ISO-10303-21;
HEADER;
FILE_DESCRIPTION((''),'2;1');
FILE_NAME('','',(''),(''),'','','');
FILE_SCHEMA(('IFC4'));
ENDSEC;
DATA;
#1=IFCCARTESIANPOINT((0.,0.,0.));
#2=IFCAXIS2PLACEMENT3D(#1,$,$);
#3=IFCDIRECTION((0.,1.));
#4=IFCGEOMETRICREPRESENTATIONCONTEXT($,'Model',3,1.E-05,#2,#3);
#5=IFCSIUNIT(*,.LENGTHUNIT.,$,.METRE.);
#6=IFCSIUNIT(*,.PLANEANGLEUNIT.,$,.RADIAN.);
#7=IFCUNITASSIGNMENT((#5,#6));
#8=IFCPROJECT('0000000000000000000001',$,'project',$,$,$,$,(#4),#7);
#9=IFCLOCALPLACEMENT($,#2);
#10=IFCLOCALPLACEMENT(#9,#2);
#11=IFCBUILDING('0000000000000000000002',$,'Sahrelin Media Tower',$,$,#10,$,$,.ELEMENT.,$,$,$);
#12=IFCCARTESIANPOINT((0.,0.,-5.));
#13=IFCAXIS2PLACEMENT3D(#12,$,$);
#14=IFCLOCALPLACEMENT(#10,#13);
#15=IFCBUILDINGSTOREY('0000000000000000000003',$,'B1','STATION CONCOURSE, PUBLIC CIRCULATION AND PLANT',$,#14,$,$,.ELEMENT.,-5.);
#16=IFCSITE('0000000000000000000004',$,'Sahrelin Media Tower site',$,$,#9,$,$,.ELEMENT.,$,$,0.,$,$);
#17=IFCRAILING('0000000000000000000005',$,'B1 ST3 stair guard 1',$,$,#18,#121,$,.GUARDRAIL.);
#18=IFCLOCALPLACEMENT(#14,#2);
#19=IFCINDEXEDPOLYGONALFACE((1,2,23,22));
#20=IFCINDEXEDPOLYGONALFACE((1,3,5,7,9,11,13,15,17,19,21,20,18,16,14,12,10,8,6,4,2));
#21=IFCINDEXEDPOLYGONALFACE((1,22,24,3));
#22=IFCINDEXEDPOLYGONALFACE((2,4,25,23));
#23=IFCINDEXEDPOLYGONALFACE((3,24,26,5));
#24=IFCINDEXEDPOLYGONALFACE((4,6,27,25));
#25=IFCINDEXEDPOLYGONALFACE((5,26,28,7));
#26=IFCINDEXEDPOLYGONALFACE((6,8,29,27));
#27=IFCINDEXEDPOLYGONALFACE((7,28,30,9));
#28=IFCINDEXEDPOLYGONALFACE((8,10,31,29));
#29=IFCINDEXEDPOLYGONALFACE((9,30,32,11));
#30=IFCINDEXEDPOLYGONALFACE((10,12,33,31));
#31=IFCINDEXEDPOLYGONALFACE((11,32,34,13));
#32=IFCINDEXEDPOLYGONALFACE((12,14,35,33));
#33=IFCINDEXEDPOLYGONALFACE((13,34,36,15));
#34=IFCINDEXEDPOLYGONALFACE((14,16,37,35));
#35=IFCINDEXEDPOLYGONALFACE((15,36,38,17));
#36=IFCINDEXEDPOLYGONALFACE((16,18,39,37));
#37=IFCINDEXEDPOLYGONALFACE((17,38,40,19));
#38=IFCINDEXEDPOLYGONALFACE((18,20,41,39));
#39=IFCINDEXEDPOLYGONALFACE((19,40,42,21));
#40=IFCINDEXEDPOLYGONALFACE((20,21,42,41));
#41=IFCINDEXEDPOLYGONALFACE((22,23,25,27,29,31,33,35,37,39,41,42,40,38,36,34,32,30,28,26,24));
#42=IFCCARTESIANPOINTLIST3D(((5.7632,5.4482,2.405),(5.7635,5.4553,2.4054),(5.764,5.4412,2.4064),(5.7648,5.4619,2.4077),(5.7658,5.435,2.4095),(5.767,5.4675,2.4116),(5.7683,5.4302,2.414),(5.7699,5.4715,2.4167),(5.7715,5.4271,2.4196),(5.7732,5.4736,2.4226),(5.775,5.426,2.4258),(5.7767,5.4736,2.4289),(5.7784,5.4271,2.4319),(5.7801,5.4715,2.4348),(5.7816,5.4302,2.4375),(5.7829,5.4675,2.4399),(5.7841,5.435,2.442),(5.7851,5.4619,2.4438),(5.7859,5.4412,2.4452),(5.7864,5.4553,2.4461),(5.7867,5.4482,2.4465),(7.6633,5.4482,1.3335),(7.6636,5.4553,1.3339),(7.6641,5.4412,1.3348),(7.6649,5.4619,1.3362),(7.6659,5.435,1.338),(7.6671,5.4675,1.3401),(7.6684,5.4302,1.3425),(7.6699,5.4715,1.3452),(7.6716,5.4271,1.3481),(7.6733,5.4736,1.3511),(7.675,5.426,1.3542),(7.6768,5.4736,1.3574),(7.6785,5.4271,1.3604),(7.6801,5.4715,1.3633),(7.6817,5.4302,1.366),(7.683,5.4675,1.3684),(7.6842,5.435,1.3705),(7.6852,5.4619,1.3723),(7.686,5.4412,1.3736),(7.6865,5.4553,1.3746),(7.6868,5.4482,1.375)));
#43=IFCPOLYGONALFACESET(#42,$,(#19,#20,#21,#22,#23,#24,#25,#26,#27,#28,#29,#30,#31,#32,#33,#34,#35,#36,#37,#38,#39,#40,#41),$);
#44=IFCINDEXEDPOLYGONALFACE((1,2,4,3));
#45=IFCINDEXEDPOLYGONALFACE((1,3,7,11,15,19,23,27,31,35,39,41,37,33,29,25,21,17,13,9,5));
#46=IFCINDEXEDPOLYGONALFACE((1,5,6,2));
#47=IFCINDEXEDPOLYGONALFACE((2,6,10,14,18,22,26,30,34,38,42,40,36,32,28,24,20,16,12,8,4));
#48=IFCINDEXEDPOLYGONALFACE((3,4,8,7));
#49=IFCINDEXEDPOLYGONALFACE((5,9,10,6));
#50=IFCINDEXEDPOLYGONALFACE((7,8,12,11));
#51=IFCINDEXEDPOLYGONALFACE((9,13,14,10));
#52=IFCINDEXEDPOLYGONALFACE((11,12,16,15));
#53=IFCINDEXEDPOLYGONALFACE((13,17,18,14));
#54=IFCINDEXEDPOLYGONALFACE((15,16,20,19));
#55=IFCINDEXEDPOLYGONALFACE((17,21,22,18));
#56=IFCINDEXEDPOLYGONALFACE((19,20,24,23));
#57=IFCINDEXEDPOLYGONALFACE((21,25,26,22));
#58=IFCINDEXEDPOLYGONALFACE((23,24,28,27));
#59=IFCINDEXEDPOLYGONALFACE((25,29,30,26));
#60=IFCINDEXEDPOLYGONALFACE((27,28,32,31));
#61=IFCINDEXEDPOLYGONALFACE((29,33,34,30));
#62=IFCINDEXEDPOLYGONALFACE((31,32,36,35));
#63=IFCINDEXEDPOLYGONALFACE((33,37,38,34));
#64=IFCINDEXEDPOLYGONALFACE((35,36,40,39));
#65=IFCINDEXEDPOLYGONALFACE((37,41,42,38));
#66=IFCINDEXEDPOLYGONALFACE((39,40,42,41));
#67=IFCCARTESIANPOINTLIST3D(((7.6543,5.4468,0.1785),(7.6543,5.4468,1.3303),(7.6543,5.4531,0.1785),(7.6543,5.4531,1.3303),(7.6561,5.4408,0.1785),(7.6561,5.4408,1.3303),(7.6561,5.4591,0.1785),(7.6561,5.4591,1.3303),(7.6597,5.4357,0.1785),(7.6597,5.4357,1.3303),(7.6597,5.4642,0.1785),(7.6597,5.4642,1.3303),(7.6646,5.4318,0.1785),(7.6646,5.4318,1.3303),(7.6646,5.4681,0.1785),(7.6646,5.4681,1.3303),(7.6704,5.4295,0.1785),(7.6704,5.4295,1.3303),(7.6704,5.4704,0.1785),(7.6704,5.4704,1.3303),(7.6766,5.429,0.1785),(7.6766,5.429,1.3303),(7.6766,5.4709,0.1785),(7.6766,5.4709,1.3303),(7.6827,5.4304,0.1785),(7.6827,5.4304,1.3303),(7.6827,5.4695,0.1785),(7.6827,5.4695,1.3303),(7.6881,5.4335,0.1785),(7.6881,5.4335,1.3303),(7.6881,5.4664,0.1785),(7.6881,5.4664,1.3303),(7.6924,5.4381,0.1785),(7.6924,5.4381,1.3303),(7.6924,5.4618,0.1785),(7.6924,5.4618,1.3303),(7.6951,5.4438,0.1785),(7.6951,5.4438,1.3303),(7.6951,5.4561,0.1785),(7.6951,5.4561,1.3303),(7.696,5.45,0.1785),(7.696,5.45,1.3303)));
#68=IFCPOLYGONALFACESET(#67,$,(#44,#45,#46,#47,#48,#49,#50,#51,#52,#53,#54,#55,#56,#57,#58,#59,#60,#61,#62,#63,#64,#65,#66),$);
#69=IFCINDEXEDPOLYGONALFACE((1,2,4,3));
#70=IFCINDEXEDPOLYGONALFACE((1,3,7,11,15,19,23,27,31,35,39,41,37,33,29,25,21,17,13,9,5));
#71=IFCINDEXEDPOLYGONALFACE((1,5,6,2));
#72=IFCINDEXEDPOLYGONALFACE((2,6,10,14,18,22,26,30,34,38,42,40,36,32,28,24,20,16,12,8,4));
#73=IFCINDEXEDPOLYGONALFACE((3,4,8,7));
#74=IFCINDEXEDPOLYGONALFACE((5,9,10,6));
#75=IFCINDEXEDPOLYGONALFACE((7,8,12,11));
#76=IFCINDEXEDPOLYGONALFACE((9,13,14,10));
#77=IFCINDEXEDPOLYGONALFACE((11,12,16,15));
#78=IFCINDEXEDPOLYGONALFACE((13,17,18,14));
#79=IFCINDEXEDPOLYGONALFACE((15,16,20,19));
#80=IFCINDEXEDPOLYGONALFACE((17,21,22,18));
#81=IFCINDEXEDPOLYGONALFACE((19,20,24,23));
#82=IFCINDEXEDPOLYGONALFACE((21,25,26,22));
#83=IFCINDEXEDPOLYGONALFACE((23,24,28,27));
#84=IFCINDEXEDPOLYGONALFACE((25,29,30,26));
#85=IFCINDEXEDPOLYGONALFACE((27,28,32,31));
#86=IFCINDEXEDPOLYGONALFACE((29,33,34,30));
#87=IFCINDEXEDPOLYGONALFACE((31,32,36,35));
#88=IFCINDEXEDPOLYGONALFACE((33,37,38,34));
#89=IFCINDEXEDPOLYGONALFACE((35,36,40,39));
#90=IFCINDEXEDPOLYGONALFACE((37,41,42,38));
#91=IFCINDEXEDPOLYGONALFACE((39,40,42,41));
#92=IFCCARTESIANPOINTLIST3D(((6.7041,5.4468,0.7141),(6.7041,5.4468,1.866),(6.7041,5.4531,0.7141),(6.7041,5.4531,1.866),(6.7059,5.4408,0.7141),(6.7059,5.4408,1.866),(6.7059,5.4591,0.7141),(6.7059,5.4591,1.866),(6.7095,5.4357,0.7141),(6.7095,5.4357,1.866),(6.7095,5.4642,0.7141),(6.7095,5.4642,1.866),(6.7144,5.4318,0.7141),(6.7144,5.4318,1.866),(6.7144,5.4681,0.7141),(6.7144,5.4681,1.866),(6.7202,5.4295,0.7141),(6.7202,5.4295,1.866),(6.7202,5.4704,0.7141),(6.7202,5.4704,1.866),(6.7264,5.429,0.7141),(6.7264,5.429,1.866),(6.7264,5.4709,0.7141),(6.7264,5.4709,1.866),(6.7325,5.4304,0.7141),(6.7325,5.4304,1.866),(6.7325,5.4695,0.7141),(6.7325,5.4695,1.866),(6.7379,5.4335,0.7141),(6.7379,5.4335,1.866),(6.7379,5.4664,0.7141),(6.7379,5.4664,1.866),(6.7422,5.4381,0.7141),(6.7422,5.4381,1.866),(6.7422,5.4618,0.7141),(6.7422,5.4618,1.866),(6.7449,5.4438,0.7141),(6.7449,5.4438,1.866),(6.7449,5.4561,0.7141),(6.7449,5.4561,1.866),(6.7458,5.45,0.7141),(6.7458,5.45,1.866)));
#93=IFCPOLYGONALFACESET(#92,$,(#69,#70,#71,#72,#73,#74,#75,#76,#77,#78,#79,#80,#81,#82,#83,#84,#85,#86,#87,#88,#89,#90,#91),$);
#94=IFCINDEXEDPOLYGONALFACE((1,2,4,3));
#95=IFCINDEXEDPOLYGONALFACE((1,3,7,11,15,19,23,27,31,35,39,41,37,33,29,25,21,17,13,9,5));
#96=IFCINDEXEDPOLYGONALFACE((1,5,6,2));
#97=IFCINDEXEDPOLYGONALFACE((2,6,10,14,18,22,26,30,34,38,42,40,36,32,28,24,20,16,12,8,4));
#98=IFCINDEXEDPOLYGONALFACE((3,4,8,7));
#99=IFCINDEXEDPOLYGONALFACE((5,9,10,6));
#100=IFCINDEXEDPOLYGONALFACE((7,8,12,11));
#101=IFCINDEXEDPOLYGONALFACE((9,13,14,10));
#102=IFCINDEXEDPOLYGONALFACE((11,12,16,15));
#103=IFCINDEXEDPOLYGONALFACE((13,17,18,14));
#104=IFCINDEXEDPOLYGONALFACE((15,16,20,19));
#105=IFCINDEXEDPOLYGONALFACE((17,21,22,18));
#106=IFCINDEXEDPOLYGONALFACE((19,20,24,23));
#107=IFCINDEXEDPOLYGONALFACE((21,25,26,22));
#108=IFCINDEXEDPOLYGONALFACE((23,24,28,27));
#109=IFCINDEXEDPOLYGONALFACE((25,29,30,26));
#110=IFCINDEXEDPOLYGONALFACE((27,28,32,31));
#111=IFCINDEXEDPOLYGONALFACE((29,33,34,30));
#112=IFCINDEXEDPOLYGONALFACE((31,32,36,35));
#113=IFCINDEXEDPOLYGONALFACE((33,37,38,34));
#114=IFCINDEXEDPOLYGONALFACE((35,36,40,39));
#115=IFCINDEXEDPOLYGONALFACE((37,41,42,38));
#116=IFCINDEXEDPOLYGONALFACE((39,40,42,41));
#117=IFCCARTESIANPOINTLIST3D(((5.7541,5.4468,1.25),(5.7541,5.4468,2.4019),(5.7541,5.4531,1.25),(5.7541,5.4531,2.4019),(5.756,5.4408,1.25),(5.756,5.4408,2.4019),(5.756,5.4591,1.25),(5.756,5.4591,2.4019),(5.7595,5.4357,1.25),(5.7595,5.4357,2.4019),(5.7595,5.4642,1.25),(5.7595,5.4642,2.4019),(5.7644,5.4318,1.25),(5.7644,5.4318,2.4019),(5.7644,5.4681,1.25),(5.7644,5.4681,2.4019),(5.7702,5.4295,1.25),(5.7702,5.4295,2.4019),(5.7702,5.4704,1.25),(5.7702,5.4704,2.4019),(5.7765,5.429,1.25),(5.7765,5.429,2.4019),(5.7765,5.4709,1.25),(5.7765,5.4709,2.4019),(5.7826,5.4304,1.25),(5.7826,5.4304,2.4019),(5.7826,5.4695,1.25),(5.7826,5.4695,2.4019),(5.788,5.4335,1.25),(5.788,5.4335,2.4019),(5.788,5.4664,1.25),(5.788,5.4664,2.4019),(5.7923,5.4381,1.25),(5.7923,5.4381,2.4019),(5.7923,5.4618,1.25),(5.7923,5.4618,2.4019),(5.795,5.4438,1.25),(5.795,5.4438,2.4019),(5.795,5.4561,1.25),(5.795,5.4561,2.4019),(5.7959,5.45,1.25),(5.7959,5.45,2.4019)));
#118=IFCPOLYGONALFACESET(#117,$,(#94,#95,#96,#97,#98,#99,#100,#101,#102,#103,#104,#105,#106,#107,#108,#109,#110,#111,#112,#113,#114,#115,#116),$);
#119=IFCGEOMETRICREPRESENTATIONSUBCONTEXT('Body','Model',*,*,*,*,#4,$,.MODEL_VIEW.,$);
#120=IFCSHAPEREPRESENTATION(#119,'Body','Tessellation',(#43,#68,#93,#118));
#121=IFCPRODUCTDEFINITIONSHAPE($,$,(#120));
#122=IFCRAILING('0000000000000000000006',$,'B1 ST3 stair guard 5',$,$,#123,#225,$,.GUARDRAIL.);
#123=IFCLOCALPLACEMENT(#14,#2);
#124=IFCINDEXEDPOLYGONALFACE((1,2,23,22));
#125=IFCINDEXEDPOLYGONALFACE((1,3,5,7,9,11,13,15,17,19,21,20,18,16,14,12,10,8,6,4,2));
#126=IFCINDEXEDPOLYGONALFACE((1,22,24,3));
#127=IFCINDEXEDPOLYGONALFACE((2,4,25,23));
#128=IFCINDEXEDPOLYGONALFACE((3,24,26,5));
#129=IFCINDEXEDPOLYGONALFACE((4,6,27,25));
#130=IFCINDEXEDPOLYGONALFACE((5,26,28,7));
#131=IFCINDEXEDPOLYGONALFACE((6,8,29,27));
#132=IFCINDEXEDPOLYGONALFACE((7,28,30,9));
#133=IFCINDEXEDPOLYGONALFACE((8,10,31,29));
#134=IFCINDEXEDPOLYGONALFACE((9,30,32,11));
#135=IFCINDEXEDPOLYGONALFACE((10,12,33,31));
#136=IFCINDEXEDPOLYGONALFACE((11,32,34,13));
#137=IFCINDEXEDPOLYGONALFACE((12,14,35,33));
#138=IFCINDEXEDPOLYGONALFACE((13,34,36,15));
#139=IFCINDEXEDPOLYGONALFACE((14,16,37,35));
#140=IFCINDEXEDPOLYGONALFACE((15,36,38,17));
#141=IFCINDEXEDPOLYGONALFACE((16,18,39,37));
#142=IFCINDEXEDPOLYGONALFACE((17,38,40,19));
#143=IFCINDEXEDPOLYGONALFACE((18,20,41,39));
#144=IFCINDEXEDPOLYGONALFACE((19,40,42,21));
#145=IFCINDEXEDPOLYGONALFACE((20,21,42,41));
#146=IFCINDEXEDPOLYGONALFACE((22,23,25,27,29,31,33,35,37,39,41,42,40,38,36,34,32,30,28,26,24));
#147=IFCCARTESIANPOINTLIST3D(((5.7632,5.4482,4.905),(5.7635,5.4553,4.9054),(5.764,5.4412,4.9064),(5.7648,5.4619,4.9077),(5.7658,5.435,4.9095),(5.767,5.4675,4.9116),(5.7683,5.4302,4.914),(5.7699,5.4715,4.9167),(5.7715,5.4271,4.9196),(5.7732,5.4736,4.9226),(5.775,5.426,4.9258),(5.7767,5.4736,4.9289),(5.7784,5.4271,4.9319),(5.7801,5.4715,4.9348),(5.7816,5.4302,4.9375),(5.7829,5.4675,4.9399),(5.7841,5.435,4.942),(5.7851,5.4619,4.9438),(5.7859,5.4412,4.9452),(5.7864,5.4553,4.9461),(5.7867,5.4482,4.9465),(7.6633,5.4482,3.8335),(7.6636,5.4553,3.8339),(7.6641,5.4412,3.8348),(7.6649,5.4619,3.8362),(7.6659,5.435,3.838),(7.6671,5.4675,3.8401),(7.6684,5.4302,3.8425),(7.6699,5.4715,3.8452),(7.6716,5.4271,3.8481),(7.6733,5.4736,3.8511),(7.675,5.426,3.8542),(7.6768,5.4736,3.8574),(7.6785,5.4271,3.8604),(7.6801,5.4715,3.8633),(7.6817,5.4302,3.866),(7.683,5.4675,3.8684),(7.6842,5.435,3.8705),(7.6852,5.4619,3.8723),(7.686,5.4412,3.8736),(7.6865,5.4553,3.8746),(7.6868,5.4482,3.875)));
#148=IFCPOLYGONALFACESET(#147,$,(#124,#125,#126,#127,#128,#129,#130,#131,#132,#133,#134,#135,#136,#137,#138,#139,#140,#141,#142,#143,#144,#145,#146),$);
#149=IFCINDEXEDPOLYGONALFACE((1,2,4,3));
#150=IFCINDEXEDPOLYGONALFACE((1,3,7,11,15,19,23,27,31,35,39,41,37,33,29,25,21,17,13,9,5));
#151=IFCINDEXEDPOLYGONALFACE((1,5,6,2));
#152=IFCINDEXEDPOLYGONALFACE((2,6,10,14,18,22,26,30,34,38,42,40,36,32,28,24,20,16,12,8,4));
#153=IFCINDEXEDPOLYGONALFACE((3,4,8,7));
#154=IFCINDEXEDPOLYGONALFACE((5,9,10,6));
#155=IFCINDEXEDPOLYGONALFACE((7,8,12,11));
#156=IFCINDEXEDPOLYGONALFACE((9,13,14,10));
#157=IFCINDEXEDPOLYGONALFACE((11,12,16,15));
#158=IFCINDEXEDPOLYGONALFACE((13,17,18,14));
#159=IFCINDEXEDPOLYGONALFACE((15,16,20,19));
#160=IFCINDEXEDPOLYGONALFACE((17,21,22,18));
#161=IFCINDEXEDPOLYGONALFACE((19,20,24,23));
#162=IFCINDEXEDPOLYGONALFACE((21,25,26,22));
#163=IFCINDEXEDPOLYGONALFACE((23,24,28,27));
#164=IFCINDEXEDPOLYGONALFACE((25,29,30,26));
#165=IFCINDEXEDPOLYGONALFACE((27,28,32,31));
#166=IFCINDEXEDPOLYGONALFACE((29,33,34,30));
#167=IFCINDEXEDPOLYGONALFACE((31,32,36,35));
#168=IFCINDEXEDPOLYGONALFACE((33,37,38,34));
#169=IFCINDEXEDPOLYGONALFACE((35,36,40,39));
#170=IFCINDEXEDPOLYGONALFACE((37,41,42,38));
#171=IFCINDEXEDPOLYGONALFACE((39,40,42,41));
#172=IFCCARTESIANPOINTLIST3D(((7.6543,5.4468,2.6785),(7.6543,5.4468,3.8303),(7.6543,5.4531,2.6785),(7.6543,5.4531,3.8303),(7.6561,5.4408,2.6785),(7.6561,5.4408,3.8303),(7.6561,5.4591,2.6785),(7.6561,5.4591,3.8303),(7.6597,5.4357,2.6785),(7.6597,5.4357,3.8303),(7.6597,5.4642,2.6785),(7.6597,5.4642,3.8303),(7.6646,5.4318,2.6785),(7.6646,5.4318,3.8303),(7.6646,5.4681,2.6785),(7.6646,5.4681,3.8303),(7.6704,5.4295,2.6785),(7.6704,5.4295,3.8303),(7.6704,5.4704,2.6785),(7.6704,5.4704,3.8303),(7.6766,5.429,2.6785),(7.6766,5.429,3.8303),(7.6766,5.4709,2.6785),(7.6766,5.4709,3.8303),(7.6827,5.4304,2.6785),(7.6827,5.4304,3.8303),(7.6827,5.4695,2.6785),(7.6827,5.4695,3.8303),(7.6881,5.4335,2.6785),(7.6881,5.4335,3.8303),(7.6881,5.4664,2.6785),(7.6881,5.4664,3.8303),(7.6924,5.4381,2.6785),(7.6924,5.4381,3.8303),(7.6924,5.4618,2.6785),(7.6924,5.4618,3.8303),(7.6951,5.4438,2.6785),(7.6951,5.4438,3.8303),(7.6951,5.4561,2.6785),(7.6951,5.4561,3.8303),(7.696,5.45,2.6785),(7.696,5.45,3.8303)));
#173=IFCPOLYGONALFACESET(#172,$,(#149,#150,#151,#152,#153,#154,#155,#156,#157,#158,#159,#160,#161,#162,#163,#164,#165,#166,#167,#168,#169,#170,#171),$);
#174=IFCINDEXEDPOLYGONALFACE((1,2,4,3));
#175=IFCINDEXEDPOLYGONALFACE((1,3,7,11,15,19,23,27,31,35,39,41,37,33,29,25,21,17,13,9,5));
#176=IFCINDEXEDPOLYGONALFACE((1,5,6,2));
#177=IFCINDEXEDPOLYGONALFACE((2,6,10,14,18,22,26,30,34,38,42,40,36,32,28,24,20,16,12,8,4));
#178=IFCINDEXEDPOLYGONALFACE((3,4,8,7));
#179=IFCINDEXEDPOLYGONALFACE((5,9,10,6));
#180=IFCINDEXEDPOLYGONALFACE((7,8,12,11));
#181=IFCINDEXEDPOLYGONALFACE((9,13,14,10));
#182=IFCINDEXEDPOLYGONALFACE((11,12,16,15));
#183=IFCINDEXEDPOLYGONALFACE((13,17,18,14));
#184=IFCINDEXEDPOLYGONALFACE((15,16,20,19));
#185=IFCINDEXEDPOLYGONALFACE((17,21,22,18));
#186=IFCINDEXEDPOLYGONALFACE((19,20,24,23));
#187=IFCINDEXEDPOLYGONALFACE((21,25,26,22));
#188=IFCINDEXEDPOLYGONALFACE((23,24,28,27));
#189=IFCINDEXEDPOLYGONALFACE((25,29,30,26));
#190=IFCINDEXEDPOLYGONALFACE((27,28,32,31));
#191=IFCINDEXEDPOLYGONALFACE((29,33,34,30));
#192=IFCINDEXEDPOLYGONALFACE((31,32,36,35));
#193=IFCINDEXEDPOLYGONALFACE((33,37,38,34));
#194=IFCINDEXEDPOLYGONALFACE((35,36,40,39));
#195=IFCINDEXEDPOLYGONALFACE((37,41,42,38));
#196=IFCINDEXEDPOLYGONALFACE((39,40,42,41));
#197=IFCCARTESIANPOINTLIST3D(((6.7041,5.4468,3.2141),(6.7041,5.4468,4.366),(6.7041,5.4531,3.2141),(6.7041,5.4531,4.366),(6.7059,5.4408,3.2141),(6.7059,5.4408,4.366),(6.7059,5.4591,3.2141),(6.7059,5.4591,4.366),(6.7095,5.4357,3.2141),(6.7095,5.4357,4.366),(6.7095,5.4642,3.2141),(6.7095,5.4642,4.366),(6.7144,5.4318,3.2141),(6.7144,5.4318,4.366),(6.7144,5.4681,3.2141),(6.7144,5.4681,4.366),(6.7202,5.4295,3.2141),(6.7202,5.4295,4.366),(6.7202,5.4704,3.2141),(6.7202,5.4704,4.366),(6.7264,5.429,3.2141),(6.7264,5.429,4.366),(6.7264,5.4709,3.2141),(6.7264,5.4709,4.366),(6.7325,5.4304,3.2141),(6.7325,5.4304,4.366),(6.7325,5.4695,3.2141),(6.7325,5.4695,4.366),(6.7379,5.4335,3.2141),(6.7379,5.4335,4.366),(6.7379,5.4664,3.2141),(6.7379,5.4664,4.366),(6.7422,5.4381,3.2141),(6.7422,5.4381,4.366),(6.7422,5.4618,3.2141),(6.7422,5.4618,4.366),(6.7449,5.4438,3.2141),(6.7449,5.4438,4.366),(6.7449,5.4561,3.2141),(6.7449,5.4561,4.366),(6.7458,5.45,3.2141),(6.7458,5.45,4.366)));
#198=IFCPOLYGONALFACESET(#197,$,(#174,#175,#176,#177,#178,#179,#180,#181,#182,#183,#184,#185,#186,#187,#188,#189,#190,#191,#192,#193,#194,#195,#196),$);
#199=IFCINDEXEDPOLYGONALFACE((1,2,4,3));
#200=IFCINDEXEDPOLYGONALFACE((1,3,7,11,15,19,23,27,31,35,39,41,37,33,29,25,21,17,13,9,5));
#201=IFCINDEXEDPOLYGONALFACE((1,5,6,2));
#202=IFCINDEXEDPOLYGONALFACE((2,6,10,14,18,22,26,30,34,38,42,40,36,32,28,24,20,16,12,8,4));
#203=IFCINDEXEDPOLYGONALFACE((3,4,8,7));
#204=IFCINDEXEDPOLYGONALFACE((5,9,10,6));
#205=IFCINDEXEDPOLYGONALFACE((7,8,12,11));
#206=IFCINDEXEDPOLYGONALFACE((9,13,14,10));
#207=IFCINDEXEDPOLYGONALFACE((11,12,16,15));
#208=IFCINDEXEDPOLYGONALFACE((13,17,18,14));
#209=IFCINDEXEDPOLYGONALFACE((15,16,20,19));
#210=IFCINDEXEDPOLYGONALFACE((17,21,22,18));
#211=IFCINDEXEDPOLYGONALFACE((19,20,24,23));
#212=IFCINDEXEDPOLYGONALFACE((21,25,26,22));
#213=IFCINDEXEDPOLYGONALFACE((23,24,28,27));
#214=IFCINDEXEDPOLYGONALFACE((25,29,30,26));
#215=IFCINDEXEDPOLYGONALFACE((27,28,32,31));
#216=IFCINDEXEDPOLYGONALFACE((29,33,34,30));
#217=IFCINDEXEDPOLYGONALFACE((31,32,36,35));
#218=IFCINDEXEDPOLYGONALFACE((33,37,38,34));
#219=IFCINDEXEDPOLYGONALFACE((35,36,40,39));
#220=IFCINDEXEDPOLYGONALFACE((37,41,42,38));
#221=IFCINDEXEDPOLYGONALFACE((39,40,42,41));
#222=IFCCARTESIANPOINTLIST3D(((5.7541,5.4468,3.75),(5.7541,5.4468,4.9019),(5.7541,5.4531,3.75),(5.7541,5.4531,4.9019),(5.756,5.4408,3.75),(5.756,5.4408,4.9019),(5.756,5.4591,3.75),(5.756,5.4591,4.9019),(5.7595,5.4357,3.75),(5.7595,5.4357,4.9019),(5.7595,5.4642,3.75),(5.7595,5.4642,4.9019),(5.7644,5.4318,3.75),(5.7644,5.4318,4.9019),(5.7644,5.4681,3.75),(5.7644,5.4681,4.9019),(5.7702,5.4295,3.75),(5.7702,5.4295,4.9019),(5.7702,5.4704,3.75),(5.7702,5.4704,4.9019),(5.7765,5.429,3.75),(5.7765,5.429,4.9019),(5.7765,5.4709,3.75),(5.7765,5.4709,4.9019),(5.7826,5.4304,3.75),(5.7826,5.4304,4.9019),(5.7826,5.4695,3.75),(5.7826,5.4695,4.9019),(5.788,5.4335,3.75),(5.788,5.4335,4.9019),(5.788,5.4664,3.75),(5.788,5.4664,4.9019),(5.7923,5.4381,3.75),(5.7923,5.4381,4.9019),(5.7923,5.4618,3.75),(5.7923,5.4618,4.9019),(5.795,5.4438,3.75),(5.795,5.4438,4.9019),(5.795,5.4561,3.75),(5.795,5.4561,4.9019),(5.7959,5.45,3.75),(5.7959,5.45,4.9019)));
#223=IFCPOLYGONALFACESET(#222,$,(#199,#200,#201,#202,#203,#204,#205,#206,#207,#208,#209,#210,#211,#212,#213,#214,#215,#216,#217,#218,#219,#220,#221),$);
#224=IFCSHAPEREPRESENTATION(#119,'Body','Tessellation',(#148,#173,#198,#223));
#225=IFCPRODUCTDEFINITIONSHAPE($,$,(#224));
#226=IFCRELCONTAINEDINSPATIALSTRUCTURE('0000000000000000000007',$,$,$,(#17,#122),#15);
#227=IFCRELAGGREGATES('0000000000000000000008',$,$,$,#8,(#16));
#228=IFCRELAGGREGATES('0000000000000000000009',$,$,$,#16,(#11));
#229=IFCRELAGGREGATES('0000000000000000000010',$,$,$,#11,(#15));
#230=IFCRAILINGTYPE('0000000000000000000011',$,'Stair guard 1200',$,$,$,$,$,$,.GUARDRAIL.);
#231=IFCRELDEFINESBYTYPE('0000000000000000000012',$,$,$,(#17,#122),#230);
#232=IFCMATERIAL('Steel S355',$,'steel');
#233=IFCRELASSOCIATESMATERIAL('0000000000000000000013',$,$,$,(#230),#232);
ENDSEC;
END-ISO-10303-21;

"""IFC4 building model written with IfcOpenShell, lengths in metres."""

from ifc_helpers import new_model, si_unit, direction, frame, origin, origin_2d, place, context, subcontext, project, spatial, circle, extrude, material, type_object, element, save


model = new_model("IFC4")

# Units and contexts
model_context = context("Model", 3, precision=1e-05, world=origin(), true_north=direction((0.0, 1.0)))
body_context = subcontext(model_context, "Body", "Model", "MODEL_VIEW")
ifc_project = project(units=[si_unit("LENGTHUNIT", "METRE"), si_unit("PLANEANGLEUNIT", "RADIAN")], contexts=[model_context])

# Site, building, storey
site_placement = place(None, origin())
site = spatial("IfcSite", under=ifc_project, at=site_placement, Name="Sahrelin Media Tower site", CompositionType="ELEMENT", RefElevation=0.0)
building_placement = place(site_placement, origin())
building = spatial("IfcBuilding", under=site, at=building_placement, Name="Sahrelin Media Tower", CompositionType="ELEMENT")
storey_placement = place(building_placement, frame((0.0, 0.0, -5.0)))
storey = spatial("IfcBuildingStorey", under=building, at=storey_placement, Name="B1", Description="STATION CONCOURSE, PUBLIC CIRCULATION AND PLANT", CompositionType="ELEMENT", Elevation=-5.0)

# Railings
ifc_material_1 = material(Name="Steel S355", Category="steel")
railing_type_1 = type_object("IfcRailingType", Name="Stair guard 1200", PredefinedType="GUARDRAIL", material=ifc_material_1)
for number, where, name in (
    (1, (7.675, 5.45, 0.1785), "B1 ST3 stair guard 1"),
    (2, (7.675, 5.45, 2.6785), "B1 ST3 stair guard 5"),
):
    element("IfcRailing", number, at=place(storey_placement, frame(where)), inside=storey, type_object=railing_type_1, Name=name, PredefinedType="GUARDRAIL", context=body_context, shape_type="SweptSolid", body=[
        extrude(circle(Radius=0.0239, at=origin_2d()), frame((0.0, 0.0, 1.1758), z_axis=(-0.871046, 0.0, 0.491201), x_axis=(0.0, -1.0, 0.0)), (0.0, 0.0, 1.0), 2.1814),
        extrude(circle(Radius=0.021, at=origin_2d()), origin(), (0.0, 0.0, 1.0), 1.1519),
        extrude(circle(Radius=0.021, at=origin_2d()), frame((-0.9502, 0.0, 0.5356)), (0.0, 0.0, 1.0), 1.1519),
        extrude(circle(Radius=0.021, at=origin_2d()), frame((-1.9001, 0.0, 1.0715)), (0.0, 0.0, 1.0), 1.1519),
    ])

save(model, "model.ifc")
